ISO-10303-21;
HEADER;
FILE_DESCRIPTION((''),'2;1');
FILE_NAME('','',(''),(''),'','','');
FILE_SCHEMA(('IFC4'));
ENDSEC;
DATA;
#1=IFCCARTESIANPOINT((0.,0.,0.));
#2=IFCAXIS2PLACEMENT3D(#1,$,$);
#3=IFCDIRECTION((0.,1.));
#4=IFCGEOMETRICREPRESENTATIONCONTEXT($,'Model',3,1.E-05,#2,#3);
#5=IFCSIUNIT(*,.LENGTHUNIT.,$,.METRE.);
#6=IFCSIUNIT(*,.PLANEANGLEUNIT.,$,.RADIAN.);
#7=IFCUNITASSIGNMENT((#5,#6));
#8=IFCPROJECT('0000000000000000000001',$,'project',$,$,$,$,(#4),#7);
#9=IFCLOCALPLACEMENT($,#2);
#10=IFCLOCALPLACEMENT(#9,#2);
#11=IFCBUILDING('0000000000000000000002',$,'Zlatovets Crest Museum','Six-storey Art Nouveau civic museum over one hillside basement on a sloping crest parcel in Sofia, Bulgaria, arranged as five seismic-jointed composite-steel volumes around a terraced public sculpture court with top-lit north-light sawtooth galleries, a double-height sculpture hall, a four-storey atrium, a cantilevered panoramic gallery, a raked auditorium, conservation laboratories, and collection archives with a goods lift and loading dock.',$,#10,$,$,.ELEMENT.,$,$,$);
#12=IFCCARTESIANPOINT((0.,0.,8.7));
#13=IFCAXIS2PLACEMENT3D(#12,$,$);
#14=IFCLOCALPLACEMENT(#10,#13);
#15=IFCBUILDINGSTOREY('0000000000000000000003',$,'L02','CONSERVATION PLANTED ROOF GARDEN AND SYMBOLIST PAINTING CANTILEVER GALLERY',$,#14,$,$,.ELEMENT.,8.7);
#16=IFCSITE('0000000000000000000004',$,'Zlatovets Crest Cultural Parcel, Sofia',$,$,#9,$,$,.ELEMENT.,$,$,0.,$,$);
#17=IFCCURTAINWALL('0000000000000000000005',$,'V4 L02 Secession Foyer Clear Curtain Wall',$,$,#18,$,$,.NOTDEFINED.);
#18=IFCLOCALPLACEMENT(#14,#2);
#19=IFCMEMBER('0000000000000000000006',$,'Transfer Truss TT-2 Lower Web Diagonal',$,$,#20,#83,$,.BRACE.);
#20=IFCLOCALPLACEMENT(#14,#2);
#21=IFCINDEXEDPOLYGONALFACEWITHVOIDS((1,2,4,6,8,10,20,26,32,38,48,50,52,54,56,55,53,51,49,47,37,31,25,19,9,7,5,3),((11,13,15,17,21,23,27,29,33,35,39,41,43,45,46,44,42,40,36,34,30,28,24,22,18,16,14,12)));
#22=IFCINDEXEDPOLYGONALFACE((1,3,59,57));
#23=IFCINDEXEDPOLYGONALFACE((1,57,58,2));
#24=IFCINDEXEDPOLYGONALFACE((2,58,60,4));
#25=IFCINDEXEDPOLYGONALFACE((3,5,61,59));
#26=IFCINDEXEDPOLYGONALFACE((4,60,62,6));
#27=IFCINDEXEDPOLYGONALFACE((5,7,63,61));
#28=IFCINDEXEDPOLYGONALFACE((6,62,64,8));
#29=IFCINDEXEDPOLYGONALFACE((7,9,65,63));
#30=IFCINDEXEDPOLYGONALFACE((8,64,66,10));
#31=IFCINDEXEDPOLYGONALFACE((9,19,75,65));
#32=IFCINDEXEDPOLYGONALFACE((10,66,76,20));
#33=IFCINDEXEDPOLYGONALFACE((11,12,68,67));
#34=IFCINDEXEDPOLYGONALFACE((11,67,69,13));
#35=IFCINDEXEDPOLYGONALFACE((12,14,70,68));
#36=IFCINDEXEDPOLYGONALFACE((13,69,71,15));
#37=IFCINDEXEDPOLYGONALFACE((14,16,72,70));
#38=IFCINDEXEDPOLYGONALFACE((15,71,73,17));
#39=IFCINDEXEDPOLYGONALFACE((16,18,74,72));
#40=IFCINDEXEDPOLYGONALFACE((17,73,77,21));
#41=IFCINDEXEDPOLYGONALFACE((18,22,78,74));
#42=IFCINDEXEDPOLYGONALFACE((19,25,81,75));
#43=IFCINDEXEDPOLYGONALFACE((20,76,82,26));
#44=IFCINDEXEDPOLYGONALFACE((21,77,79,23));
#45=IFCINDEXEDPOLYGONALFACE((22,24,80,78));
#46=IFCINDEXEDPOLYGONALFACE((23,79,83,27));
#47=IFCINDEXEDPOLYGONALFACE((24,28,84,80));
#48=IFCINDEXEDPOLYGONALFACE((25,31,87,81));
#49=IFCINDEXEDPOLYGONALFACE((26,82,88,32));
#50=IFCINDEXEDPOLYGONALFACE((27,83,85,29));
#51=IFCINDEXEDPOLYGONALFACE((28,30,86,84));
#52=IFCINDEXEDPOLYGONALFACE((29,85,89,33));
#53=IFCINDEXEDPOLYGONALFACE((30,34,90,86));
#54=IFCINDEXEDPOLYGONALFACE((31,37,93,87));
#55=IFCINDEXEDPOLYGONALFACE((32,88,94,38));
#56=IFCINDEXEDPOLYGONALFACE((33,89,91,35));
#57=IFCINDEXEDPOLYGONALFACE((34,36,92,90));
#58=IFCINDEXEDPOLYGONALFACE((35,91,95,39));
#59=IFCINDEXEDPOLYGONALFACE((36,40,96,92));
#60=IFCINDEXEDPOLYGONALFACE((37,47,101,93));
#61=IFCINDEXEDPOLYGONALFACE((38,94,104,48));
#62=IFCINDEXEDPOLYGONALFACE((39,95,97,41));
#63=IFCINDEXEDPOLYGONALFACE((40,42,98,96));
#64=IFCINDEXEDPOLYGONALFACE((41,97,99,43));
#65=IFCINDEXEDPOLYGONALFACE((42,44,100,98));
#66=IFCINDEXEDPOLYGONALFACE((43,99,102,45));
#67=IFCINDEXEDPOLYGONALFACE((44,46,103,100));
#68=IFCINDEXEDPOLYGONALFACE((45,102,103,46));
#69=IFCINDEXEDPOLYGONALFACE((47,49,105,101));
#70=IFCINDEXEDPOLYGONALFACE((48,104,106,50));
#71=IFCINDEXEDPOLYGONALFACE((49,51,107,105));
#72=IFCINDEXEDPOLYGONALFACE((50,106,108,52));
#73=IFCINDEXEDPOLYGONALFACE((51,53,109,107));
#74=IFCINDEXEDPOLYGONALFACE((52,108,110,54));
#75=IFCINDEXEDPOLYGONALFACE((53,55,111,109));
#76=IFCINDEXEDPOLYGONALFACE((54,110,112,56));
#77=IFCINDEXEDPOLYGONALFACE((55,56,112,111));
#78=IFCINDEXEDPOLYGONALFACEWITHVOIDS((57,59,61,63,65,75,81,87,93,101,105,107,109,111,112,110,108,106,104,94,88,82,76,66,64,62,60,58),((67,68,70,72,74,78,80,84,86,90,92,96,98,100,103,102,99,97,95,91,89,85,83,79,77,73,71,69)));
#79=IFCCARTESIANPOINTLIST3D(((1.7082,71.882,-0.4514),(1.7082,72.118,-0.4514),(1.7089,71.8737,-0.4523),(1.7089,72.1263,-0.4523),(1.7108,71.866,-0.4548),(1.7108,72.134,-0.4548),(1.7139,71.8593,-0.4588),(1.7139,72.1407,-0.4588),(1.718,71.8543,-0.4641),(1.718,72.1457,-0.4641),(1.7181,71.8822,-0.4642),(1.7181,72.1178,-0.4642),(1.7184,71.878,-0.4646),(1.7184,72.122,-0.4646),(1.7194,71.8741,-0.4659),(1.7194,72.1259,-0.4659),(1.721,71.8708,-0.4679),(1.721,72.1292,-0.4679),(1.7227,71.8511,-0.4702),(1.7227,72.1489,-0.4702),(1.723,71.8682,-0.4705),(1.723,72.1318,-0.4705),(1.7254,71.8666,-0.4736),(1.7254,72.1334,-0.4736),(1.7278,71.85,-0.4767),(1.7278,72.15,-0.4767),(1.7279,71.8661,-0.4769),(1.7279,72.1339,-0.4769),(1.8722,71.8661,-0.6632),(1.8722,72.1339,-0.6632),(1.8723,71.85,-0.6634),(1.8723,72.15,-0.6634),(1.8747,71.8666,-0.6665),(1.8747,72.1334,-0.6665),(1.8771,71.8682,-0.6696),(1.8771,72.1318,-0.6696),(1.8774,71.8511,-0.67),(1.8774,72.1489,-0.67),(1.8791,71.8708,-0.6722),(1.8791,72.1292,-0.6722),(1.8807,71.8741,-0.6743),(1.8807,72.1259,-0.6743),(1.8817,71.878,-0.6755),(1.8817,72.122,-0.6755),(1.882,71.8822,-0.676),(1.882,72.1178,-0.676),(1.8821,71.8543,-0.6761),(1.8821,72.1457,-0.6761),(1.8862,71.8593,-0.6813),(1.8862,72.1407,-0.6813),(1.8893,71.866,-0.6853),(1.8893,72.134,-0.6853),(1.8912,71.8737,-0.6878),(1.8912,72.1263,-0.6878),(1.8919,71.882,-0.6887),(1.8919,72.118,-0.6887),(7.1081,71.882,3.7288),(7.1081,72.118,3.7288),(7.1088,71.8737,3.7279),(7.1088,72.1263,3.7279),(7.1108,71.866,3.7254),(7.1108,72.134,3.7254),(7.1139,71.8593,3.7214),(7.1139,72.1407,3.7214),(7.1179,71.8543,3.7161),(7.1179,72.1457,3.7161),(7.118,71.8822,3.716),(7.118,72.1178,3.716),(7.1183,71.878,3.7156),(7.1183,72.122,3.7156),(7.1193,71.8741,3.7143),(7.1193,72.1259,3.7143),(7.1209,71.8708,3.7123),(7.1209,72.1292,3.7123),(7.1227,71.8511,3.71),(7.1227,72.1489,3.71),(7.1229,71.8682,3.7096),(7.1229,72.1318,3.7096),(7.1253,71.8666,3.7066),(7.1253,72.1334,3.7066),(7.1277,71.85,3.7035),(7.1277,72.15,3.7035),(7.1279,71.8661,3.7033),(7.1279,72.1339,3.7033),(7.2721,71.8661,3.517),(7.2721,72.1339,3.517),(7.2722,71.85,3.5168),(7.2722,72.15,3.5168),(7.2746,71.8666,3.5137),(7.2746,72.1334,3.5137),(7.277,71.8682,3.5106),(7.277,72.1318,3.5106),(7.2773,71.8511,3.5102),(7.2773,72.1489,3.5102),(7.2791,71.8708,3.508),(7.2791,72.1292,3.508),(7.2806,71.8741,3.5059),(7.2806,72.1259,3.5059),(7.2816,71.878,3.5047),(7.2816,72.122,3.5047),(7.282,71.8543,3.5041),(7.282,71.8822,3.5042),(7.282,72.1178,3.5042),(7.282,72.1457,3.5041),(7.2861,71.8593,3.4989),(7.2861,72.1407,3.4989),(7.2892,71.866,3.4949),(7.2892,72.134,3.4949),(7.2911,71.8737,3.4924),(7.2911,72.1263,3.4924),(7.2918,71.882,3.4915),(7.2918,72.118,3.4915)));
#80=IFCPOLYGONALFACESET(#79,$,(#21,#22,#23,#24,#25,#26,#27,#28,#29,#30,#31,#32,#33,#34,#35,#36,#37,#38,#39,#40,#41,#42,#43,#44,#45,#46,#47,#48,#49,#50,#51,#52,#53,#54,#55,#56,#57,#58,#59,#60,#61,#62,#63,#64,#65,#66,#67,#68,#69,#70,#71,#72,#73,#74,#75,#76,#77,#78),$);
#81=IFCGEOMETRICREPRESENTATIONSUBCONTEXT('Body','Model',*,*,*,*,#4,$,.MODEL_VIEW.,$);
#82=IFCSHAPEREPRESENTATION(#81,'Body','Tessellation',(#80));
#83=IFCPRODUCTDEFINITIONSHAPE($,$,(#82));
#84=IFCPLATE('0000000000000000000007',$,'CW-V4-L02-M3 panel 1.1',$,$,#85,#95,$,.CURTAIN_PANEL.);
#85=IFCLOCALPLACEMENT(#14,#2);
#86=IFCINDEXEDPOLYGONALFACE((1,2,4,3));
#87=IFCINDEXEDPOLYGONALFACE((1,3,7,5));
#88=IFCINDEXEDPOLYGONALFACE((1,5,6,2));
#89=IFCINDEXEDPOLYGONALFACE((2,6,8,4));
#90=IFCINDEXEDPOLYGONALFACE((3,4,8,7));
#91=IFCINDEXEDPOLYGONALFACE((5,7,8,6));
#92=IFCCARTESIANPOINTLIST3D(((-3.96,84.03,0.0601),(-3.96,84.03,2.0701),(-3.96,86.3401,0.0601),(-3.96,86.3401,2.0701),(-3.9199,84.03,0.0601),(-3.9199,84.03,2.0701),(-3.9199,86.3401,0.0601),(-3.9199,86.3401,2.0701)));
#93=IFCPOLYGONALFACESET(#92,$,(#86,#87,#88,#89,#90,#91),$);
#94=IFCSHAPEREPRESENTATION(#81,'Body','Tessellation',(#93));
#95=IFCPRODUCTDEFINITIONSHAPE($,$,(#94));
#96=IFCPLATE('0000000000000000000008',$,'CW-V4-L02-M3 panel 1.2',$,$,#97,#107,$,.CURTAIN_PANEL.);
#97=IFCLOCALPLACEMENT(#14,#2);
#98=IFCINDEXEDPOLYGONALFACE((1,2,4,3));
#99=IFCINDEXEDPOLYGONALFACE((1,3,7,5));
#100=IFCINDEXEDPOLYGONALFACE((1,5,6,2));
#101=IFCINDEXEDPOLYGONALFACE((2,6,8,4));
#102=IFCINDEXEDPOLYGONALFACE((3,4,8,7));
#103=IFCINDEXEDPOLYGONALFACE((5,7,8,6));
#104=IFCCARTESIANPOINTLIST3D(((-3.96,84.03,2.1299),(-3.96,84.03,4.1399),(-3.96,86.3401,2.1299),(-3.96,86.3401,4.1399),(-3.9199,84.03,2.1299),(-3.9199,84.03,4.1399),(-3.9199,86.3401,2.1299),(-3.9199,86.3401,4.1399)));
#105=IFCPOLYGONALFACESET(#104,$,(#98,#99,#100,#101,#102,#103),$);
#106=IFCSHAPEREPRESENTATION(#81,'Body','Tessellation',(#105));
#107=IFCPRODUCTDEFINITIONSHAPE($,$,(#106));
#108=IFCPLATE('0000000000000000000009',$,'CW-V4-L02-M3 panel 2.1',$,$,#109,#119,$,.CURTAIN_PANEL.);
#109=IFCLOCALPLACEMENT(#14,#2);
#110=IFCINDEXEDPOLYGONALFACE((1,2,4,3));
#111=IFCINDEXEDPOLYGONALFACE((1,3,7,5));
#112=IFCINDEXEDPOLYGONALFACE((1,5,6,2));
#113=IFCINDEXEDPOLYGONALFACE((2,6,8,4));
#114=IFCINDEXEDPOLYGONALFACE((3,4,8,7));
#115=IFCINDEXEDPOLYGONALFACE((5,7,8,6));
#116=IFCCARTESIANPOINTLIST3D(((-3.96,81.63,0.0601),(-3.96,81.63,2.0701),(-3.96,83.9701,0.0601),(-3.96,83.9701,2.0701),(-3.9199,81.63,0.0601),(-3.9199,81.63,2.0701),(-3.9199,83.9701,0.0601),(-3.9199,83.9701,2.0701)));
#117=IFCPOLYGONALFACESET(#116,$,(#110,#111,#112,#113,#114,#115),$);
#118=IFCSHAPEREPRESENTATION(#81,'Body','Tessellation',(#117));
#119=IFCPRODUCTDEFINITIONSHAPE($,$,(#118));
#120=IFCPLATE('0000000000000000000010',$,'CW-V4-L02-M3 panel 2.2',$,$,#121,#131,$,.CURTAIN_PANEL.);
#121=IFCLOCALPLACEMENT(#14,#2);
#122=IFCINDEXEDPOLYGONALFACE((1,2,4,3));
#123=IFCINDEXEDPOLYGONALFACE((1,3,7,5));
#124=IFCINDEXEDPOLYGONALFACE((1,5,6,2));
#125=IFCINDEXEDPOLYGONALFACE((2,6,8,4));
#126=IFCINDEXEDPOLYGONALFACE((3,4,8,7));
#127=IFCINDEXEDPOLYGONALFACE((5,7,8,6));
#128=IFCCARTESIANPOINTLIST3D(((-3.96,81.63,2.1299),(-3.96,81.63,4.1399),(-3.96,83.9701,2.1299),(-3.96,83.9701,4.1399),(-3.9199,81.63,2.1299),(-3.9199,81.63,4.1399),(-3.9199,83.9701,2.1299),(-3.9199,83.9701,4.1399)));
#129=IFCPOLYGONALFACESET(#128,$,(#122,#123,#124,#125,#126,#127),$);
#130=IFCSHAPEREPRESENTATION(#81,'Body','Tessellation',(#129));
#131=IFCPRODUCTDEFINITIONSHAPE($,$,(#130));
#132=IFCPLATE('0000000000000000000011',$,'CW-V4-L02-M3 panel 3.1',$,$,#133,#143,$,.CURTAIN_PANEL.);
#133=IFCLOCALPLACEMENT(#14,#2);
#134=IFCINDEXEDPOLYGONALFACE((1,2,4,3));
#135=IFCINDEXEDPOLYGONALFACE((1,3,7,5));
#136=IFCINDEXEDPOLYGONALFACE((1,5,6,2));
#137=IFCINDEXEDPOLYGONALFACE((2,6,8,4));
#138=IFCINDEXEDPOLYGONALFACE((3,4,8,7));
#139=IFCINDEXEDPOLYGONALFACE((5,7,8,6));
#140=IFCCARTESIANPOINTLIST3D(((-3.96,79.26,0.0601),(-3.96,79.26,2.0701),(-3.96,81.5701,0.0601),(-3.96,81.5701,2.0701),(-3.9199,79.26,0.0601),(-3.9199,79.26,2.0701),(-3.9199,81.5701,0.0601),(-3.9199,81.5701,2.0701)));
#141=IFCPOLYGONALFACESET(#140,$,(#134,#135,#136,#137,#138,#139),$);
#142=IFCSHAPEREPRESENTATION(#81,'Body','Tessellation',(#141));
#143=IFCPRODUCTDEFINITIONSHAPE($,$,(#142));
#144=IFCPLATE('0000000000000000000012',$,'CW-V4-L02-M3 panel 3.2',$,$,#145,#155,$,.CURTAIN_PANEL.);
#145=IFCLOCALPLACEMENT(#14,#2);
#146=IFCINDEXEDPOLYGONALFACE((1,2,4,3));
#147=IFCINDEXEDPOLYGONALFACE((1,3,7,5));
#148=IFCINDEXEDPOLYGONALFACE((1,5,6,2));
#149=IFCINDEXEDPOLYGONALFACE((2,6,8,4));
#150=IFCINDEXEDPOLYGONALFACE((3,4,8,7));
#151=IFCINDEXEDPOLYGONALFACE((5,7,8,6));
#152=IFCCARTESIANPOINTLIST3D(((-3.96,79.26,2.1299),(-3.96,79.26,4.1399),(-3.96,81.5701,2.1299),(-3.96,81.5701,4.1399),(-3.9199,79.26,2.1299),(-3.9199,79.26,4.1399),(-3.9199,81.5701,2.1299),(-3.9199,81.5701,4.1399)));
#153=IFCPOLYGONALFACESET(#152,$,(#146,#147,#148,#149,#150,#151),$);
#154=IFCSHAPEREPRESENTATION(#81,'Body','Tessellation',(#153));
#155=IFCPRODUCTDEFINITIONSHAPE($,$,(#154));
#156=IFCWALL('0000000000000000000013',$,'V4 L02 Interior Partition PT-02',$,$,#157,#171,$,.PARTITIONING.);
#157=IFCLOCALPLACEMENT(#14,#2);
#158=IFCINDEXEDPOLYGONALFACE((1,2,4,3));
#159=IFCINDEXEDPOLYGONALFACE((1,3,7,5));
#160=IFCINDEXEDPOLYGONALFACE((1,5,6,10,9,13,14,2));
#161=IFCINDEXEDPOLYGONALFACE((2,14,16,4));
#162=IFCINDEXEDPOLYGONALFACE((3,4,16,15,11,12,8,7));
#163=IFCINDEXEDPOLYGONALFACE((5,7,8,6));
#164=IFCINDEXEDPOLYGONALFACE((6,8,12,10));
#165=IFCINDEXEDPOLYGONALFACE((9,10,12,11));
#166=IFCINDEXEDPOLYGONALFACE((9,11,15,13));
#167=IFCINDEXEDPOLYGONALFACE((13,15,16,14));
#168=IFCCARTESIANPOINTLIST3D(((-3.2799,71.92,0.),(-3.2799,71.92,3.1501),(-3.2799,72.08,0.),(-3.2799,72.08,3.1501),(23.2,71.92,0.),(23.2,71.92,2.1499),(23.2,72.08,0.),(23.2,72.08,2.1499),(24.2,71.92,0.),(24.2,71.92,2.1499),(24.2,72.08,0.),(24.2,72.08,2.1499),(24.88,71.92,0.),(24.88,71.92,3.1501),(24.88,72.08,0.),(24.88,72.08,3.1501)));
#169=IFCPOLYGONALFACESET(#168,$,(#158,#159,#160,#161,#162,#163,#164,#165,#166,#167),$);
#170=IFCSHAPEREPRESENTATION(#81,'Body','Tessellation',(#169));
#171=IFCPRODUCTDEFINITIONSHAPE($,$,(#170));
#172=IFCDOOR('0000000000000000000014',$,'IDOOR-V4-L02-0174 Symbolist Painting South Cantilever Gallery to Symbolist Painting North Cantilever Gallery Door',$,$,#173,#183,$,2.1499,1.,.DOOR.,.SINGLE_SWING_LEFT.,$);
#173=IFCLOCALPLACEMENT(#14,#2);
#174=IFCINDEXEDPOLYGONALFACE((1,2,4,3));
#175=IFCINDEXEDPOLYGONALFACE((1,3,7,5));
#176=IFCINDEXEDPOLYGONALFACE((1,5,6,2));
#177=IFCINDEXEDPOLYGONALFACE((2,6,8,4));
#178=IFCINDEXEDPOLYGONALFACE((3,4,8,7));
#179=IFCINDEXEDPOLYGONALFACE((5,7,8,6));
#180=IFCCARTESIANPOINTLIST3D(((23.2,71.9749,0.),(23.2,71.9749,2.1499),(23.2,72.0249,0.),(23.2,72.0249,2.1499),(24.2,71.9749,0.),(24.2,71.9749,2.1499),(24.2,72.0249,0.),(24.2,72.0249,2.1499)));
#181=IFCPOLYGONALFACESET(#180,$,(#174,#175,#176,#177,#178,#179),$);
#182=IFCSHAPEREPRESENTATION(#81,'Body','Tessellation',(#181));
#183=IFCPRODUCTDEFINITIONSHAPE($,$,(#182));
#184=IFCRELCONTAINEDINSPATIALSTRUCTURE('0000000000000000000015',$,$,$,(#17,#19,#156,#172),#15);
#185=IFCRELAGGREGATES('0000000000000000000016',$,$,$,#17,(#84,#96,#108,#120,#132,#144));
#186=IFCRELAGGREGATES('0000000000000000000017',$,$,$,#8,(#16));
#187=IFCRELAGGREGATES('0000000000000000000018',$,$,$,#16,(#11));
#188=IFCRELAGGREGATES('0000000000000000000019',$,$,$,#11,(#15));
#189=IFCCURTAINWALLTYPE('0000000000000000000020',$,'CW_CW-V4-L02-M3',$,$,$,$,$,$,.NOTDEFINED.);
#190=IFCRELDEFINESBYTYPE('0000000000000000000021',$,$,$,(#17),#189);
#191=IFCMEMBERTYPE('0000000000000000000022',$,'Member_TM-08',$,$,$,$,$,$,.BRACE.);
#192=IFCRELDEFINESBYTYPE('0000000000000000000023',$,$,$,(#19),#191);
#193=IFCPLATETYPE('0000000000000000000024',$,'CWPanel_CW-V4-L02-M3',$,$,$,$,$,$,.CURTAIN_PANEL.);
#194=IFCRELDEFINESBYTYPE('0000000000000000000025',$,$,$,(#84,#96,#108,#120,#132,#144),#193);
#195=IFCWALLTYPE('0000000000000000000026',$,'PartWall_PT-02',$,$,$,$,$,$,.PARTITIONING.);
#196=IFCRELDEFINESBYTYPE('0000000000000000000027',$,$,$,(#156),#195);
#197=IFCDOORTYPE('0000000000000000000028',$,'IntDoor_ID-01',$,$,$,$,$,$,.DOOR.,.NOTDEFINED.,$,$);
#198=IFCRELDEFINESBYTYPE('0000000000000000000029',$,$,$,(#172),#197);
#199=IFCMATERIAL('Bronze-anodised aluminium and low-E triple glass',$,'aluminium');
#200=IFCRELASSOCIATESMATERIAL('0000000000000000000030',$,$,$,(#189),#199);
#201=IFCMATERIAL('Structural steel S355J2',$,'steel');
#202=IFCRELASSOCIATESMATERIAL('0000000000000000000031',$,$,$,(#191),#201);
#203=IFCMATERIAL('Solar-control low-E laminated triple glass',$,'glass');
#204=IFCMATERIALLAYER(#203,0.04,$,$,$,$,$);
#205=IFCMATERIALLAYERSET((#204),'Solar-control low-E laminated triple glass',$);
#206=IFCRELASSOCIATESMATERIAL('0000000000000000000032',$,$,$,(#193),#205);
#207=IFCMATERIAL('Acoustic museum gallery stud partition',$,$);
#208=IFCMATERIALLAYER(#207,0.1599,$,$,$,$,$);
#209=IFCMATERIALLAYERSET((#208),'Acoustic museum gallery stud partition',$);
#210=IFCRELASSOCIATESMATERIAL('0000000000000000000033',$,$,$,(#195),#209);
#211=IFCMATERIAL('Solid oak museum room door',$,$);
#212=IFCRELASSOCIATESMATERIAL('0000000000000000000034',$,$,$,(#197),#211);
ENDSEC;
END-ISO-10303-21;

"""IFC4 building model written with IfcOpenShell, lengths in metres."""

from ifc_helpers import new_model, si_unit, direction, frame, frame_2d, origin, origin_2d, place, context, subcontext, project, spatial, rectangle, hollow_rectangle, extrude, material, layer, layer_set, material_profile, profile_set, type_object, element, fill, aggregate, save


model = new_model("IFC4")

# Units and contexts
model_context = context("Model", 3, precision=1e-05, world=origin(), true_north=direction((0.0, 1.0)))
body_context = subcontext(model_context, "Body", "Model", "MODEL_VIEW")
ifc_project = project(units=[si_unit("LENGTHUNIT", "METRE"), si_unit("PLANEANGLEUNIT", "RADIAN")], contexts=[model_context])

# Site, building, storey
site_placement = place(None, origin())
site = spatial("IfcSite", under=ifc_project, at=site_placement, Name="Zlatovets Crest Cultural Parcel, Sofia", CompositionType="ELEMENT", RefElevation=0.0)
building_placement = place(site_placement, origin())
building = spatial("IfcBuilding", under=site, at=building_placement, Name="Zlatovets Crest Museum", Description="Six-storey Art Nouveau civic museum over one hillside basement on a sloping crest parcel in Sofia, Bulgaria, arranged as five seismic-jointed composite-steel volumes around a terraced public sculpture court with top-lit north-light sawtooth galleries, a double-height sculpture hall, a four-storey atrium, a cantilevered panoramic gallery, a raked auditorium, conservation laboratories, and collection archives with a goods lift and loading dock.", CompositionType="ELEMENT")
storey_placement = place(building_placement, frame((0.0, 0.0, 8.7)))
storey = spatial("IfcBuildingStorey", under=building, at=storey_placement, Name="L02", Description="CONSERVATION PLANTED ROOF GARDEN AND SYMBOLIST PAINTING CANTILEVER GALLERY", CompositionType="ELEMENT", Elevation=8.7)

# Shared definitions
ifc_material_1 = material(Name="Structural steel S355J2", Category="steel")

# Curtain wall
ifc_material_2 = material(Name="Bronze-anodised aluminium and low-E triple glass", Category="aluminium")
curtain_wall_type = type_object("IfcCurtainWallType", Name="CW_CW-V4-L02-M3", PredefinedType="NOTDEFINED", material=ifc_material_2)
curtain_wall_placement = place(storey_placement, origin())
curtain_wall = element("IfcCurtainWall", 1, at=curtain_wall_placement, inside=storey, type_object=curtain_wall_type, Name="V4 L02 Secession Foyer Clear Curtain Wall", PredefinedType="NOTDEFINED")

# Member
ifc_material_profile_1 = material_profile(ifc_material_1, hollow_rectangle(XDim=0.3, YDim=0.3, WallThickness=0.0161, InnerFilletRadius=0.0161, OuterFilletRadius=0.032, at=origin_2d()), Name="SHS 300x300x16.0")
ifc_profile_set_1 = profile_set([ifc_material_profile_1], Name="Structural steel S355J2")
member_type_1 = type_object("IfcMemberType", Name="Member_TM-08", PredefinedType="BRACE", material=ifc_profile_set_1)
member_1_placement = place(storey_placement, frame((1.8, 72.0, -0.5701), z_axis=(0.790752, 0.0, 0.612137), x_axis=(0.0, 1.0, 0.0)))
element("IfcMember", 2, at=member_1_placement, inside=storey, type_object=member_type_1, Name="Transfer Truss TT-2 Lower Web Diagonal", PredefinedType="BRACE", context=body_context, shape_type="SweptSolid", body=[
    extrude(hollow_rectangle(XDim=0.3, YDim=0.3, WallThickness=0.0161, InnerFilletRadius=0.0161, OuterFilletRadius=0.032, at=origin_2d()), origin(), (0.0, 0.0, 1.0), 6.8289),
])

# Plates
ifc_material_3 = material(Name="Solar-control low-E laminated triple glass", Category="glass")
ifc_layer_1 = layer(ifc_material_3, 0.04)
ifc_layer_set_1 = layer_set([ifc_layer_1], Name="Solar-control low-E laminated triple glass")
plate_type = type_object("IfcPlateType", Name="CWPanel_CW-V4-L02-M3", PredefinedType="CURTAIN_PANEL", material=ifc_layer_set_1)
plate_1_placement = place(storey_placement, frame((-3.9399, 85.1851, 0.0601), z_axis=(0.0, 0.0, 1.0), x_axis=(0.0, -1.0, 0.0)))
plate_1 = element("IfcPlate", 3, at=plate_1_placement, type_object=plate_type, Name="CW-V4-L02-M3 panel 1.1", PredefinedType="CURTAIN_PANEL", context=body_context, shape_type="SweptSolid", body=[
    extrude(rectangle(XDim=2.3101, YDim=0.04, at=origin_2d()), origin(), (0.0, 0.0, 1.0), 2.01),
])
plate_2_placement = place(storey_placement, frame((-3.9399, 85.1851, 2.1299), z_axis=(0.0, 0.0, 1.0), x_axis=(0.0, -1.0, 0.0)))
plate_2 = element("IfcPlate", 4, at=plate_2_placement, type_object=plate_type, Name="CW-V4-L02-M3 panel 1.2", PredefinedType="CURTAIN_PANEL", context=body_context, shape_type="SweptSolid", body=[
    extrude(rectangle(XDim=2.3101, YDim=0.04, at=origin_2d()), origin(), (0.0, 0.0, 1.0), 2.01),
])
plate_3_placement = place(storey_placement, frame((-3.9399, 82.8, 0.0601), z_axis=(0.0, 0.0, 1.0), x_axis=(0.0, -1.0, 0.0)))
plate_3 = element("IfcPlate", 5, at=plate_3_placement, type_object=plate_type, Name="CW-V4-L02-M3 panel 2.1", PredefinedType="CURTAIN_PANEL", context=body_context, shape_type="SweptSolid", body=[
    extrude(rectangle(XDim=2.3401, YDim=0.04, at=origin_2d()), origin(), (0.0, 0.0, 1.0), 2.01),
])
plate_4_placement = place(storey_placement, frame((-3.9399, 82.8, 2.1299), z_axis=(0.0, 0.0, 1.0), x_axis=(0.0, -1.0, 0.0)))
plate_4 = element("IfcPlate", 6, at=plate_4_placement, type_object=plate_type, Name="CW-V4-L02-M3 panel 2.2", PredefinedType="CURTAIN_PANEL", context=body_context, shape_type="SweptSolid", body=[
    extrude(rectangle(XDim=2.3401, YDim=0.04, at=origin_2d()), origin(), (0.0, 0.0, 1.0), 2.01),
])
plate_5_placement = place(storey_placement, frame((-3.9399, 80.415, 0.0601), z_axis=(0.0, 0.0, 1.0), x_axis=(0.0, -1.0, 0.0)))
plate_5 = element("IfcPlate", 7, at=plate_5_placement, type_object=plate_type, Name="CW-V4-L02-M3 panel 3.1", PredefinedType="CURTAIN_PANEL", context=body_context, shape_type="SweptSolid", body=[
    extrude(rectangle(XDim=2.3101, YDim=0.04, at=origin_2d()), origin(), (0.0, 0.0, 1.0), 2.01),
])
plate_6_placement = place(storey_placement, frame((-3.9399, 80.415, 2.1299), z_axis=(0.0, 0.0, 1.0), x_axis=(0.0, -1.0, 0.0)))
plate_6 = element("IfcPlate", 8, at=plate_6_placement, type_object=plate_type, Name="CW-V4-L02-M3 panel 3.2", PredefinedType="CURTAIN_PANEL", context=body_context, shape_type="SweptSolid", body=[
    extrude(rectangle(XDim=2.3101, YDim=0.04, at=origin_2d()), origin(), (0.0, 0.0, 1.0), 2.01),
])
aggregate(curtain_wall, [plate_1, plate_2, plate_3, plate_4, plate_5, plate_6])

# Wall, opening, door
ifc_material_4 = material(Name="Acoustic museum gallery stud partition")
ifc_layer_2 = layer(ifc_material_4, 0.1599)
ifc_layer_set_2 = layer_set([ifc_layer_2], Name="Acoustic museum gallery stud partition")
wall_type = type_object("IfcWallType", Name="PartWall_PT-02", PredefinedType="PARTITIONING", material=ifc_layer_set_2)
wall_placement = place(storey_placement, frame((-3.28, 72.0, 0.0), z_axis=(0.0, 0.0, 1.0), x_axis=(1.0, 0.0, 0.0)))
wall = element("IfcWall", 9, at=wall_placement, inside=storey, type_object=wall_type, Name="V4 L02 Interior Partition PT-02", PredefinedType="PARTITIONING", context=body_context, shape_type="SweptSolid", body=[
    extrude(rectangle(XDim=28.1599, YDim=0.1599, at=frame_2d((14.0801, 0.0))), origin(), (0.0, 0.0, 1.0), 3.1501),
])
opening_placement = place(wall_placement, frame((26.48, 0.0, 0.0)))
opening = element("IfcOpeningElement", 10, at=opening_placement, cuts=wall, PredefinedType="OPENING", context=body_context, shape_type="SweptSolid", body=[
    extrude(rectangle(XDim=1.0, YDim=2.1499, at=frame_2d((0.5, 1.075))), frame((0.0, 0.0898, 0.0), z_axis=(0.0, -1.0, 0.0), x_axis=(1.0, 0.0, 0.0)), (0.0, 0.0, 1.0), 0.1799),
])
ifc_material_5 = material(Name="Solid oak museum room door")
door_type = type_object("IfcDoorType", Name="IntDoor_ID-01", OperationType="NOTDEFINED", PredefinedType="DOOR", material=ifc_material_5)
door_placement = place(opening_placement, origin())
door = element("IfcDoor", 11, at=door_placement, inside=storey, type_object=door_type, Name="IDOOR-V4-L02-0174 Symbolist Painting South Cantilever Gallery to Symbolist Painting North Cantilever Gallery Door", OperationType="SINGLE_SWING_LEFT", OverallHeight=2.1499, OverallWidth=1.0, PredefinedType="DOOR", context=body_context, shape_type="SweptSolid", body=[
    extrude(rectangle(XDim=1.0, YDim=2.1499, at=frame_2d((0.5, 1.075))), frame((0.0, 0.0249, 0.0), z_axis=(0.0, -1.0, 0.0), x_axis=(1.0, 0.0, 0.0)), (0.0, 0.0, 1.0), 0.05),
])
fill(opening, door)

save(model, "model.ifc")
